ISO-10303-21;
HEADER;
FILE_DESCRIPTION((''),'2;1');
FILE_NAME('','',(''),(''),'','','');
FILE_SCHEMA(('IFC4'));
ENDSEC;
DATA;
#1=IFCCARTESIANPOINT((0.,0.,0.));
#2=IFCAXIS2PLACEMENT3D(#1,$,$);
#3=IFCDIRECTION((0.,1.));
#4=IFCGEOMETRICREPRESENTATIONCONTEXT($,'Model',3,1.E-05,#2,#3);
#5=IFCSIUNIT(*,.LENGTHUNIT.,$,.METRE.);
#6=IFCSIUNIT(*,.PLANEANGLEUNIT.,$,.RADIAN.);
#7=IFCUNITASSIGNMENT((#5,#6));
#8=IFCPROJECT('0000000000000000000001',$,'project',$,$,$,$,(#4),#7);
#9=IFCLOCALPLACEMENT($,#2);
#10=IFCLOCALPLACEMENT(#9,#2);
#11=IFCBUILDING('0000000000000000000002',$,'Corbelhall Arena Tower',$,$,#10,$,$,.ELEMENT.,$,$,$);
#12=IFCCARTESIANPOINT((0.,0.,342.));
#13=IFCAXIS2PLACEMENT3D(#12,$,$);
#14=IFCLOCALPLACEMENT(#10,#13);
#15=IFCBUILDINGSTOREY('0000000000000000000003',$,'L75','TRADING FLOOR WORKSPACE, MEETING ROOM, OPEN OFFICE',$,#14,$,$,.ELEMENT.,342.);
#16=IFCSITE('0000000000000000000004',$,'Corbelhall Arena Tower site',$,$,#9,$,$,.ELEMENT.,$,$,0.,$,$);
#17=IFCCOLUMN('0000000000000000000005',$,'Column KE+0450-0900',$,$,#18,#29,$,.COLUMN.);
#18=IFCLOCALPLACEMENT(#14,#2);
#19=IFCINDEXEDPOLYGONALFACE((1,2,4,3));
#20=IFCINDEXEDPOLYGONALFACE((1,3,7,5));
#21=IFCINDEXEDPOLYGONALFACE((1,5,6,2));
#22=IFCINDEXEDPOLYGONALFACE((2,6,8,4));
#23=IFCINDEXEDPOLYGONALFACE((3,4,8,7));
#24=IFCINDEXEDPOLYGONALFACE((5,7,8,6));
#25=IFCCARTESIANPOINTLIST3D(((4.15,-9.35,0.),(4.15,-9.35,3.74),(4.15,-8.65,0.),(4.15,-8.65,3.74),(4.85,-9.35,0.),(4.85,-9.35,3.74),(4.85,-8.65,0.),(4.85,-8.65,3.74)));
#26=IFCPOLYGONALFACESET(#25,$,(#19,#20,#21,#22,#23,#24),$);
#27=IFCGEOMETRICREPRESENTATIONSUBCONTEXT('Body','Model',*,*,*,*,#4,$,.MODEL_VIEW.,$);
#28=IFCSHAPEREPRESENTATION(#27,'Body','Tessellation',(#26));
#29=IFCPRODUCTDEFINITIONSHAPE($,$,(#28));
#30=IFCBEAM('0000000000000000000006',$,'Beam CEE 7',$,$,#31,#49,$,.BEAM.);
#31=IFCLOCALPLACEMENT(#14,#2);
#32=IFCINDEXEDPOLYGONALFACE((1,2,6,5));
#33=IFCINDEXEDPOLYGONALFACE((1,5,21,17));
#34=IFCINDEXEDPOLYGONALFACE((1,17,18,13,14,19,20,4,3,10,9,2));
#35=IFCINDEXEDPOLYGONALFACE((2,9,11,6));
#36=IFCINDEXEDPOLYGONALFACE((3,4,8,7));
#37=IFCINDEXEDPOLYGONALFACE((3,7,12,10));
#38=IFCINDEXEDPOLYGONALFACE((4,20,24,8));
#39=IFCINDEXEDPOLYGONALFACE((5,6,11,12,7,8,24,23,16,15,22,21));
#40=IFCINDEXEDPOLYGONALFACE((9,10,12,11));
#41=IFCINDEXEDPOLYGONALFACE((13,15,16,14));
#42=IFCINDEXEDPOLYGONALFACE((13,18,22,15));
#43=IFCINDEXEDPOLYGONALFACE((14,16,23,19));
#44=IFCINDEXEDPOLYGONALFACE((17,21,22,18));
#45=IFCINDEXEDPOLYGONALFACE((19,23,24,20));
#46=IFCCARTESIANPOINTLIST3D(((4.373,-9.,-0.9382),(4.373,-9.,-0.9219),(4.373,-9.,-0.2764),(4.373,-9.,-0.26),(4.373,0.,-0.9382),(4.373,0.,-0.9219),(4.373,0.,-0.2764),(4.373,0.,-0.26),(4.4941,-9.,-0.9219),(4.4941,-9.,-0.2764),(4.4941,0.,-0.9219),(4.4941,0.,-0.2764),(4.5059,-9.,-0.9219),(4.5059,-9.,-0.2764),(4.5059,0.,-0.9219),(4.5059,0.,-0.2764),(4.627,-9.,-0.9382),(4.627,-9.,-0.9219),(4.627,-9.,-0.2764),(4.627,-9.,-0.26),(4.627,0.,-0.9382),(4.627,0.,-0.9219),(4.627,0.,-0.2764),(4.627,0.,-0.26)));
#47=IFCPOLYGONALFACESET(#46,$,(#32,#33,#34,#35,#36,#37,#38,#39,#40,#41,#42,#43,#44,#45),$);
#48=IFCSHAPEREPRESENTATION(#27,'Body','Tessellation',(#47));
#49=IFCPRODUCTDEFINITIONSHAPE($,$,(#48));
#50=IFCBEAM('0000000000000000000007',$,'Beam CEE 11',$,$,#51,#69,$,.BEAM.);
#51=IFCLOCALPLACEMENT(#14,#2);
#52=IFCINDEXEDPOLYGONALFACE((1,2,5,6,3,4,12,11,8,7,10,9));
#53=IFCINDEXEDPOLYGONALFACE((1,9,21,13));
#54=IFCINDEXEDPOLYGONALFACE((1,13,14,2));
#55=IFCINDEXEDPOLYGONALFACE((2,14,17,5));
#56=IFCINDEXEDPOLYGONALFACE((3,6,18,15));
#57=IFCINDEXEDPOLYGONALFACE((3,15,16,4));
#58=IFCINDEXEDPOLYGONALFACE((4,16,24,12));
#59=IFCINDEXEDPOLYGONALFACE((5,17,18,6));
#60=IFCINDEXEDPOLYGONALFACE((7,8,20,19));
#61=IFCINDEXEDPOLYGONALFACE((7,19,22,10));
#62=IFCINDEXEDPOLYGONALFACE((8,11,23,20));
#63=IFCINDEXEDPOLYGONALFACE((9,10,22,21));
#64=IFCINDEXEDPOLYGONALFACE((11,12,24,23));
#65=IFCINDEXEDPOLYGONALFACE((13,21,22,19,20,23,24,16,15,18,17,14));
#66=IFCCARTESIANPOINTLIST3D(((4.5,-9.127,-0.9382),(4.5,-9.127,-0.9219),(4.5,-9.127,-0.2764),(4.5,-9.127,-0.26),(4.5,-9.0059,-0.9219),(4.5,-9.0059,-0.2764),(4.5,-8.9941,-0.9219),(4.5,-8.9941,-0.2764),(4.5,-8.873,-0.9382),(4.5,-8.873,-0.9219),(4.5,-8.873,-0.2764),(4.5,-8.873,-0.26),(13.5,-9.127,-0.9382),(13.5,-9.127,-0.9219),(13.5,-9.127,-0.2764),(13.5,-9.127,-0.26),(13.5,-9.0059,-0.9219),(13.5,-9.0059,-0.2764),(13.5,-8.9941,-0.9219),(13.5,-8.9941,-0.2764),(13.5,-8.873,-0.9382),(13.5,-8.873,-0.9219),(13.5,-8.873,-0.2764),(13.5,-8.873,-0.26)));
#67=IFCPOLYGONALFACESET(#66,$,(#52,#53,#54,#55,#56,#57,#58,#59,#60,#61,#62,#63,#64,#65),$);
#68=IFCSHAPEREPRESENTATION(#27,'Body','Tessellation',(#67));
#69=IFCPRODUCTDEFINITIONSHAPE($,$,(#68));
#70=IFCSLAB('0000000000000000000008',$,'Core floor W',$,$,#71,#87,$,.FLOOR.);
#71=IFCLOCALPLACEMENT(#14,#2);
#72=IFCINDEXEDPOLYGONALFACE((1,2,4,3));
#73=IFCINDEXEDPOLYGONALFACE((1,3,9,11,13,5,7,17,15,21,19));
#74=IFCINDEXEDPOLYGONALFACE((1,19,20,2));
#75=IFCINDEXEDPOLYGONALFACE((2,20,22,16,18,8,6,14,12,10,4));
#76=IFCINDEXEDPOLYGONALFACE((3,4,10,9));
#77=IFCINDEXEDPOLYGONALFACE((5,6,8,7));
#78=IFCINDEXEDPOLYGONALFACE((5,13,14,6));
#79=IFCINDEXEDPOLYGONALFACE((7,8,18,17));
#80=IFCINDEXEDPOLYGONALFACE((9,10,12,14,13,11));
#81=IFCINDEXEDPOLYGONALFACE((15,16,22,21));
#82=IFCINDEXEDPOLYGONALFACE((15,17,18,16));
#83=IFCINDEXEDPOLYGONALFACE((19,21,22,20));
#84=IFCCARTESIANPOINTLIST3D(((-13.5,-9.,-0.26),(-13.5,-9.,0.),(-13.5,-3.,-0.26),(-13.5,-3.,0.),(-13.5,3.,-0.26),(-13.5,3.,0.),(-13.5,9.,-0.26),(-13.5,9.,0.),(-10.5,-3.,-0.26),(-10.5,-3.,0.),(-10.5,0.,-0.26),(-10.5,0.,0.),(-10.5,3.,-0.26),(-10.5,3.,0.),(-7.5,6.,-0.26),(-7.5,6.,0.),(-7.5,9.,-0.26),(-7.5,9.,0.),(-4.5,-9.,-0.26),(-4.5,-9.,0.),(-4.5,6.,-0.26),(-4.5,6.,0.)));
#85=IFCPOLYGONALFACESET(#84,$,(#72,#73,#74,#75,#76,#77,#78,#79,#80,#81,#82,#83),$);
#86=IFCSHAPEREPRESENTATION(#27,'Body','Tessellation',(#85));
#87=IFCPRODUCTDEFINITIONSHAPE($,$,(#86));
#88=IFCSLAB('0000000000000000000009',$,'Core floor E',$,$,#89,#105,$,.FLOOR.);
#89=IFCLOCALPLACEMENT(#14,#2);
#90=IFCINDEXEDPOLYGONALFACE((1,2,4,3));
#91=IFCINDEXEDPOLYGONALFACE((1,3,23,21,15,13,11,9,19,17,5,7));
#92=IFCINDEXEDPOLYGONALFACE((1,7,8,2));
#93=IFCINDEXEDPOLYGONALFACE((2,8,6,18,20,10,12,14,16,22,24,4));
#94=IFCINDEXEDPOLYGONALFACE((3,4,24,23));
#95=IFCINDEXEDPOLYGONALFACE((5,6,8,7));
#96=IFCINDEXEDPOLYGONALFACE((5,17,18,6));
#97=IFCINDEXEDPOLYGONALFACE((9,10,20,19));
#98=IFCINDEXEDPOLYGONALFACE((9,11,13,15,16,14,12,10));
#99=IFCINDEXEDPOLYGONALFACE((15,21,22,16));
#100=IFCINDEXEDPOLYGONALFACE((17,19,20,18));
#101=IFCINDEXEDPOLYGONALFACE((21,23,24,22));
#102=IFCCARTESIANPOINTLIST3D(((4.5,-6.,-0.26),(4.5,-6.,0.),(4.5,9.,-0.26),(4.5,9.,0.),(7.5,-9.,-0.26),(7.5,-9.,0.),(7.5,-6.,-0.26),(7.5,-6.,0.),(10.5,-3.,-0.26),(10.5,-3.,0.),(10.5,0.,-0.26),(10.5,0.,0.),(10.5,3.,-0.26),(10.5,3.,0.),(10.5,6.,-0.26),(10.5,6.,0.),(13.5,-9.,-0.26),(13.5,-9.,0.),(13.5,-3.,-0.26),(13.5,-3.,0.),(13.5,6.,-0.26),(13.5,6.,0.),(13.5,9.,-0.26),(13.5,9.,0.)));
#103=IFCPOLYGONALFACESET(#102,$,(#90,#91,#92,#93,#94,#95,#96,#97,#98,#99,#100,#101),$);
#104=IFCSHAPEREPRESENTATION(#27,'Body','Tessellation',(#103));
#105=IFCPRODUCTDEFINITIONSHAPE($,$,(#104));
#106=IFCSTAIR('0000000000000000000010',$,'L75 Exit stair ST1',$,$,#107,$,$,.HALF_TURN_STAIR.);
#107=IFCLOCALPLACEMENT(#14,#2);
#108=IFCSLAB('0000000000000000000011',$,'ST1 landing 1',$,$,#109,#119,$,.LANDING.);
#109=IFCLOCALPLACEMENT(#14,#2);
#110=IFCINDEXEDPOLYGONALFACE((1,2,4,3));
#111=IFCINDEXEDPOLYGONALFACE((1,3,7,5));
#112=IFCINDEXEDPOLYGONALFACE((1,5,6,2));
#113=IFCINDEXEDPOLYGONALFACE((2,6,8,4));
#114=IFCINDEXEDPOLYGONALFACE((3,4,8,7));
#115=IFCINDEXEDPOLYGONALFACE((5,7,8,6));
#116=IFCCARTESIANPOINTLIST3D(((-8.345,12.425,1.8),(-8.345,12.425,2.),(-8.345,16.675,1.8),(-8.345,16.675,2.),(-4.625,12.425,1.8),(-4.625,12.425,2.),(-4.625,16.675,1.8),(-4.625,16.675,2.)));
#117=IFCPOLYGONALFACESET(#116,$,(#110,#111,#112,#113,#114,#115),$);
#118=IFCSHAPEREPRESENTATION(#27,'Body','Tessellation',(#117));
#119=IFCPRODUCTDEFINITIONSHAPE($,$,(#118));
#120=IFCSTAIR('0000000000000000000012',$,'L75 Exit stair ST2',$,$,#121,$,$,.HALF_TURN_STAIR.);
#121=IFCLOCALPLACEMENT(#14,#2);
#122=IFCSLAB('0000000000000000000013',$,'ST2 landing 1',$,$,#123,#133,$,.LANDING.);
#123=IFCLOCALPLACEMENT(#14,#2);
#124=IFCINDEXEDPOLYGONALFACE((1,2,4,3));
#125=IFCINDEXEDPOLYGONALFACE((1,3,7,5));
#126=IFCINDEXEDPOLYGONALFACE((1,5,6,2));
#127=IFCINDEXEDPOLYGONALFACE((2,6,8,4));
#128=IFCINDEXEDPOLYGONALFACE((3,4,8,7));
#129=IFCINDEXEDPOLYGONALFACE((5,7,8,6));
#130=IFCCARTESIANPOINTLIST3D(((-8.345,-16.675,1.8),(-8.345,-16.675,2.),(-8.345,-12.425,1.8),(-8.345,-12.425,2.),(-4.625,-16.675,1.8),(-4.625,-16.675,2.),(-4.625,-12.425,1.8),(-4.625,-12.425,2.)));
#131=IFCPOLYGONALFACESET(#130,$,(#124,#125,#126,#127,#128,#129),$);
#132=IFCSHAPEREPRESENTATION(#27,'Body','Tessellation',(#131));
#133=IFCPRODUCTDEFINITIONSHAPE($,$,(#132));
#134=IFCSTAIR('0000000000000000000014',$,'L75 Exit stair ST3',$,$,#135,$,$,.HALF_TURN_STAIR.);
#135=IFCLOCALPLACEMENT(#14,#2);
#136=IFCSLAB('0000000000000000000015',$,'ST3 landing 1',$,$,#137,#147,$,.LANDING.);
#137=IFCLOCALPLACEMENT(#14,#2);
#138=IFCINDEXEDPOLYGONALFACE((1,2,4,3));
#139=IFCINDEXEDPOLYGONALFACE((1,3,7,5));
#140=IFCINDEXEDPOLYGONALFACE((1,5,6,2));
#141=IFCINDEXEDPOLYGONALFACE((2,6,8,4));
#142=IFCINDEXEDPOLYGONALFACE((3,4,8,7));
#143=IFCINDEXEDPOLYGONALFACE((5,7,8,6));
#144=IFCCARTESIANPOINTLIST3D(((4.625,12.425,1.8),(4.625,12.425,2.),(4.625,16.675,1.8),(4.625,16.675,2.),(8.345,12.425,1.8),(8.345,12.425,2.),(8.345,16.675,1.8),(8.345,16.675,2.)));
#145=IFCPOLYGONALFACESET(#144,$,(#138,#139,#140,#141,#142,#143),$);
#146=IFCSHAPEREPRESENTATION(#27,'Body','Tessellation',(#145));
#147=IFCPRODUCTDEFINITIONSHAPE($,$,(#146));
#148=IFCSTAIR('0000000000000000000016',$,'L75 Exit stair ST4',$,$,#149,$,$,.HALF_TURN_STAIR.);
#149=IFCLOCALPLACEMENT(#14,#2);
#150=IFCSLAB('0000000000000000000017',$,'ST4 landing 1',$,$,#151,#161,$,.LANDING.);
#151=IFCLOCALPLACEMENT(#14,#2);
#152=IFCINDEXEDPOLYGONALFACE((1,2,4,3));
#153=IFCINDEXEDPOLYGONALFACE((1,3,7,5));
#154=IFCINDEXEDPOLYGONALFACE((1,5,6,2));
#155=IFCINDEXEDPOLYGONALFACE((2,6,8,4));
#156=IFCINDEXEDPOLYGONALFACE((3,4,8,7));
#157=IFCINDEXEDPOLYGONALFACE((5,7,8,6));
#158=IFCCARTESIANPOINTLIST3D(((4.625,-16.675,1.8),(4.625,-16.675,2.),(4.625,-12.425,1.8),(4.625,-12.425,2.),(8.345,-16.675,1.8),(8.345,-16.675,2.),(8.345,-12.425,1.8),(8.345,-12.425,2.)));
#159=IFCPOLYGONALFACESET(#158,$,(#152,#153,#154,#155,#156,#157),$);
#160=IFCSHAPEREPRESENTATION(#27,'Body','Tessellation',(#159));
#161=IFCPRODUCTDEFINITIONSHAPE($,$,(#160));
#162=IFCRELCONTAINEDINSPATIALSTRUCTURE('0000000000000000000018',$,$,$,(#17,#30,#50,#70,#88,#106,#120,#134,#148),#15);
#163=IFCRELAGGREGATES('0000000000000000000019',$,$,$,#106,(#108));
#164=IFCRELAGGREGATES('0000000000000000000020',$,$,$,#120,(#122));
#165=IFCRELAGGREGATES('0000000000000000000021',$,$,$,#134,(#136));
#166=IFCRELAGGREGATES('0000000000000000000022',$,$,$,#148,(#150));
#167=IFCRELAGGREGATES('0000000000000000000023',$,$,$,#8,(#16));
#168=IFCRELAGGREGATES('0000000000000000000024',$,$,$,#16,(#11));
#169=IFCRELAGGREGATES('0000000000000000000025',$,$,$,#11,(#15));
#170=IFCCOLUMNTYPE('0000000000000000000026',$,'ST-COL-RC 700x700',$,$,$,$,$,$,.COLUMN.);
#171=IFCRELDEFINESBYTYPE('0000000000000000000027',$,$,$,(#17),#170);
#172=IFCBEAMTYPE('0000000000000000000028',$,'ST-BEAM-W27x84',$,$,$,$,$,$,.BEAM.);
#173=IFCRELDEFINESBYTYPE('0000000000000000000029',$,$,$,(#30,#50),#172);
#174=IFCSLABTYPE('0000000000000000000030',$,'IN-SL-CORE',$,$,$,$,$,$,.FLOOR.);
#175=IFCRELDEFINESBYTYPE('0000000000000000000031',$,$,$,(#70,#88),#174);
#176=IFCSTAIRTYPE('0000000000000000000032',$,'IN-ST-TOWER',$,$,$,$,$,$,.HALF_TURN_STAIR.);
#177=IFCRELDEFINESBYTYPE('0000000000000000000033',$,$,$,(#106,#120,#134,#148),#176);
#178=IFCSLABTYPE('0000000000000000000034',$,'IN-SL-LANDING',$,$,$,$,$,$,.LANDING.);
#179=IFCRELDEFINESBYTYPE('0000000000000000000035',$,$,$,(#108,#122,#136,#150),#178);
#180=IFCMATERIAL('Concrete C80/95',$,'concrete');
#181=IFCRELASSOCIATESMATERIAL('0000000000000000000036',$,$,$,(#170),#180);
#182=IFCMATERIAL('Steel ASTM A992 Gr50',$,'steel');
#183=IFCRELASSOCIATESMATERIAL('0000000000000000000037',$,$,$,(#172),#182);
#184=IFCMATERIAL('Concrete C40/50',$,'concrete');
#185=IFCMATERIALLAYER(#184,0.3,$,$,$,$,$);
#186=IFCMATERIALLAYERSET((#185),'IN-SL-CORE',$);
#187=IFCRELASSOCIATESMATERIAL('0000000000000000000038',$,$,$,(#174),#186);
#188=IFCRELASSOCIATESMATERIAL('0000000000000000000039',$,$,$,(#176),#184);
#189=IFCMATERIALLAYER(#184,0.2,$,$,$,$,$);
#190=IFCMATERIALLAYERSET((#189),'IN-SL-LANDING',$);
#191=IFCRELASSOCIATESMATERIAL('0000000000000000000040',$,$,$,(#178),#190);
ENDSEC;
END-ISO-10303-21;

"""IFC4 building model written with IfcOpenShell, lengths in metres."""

from ifc_helpers import new_model, si_unit, direction, frame, origin, origin_2d, place, context, subcontext, project, spatial, polyline, rectangle, i_section, outline, extrude, material, layer, layer_set, material_profile, profile_set, type_object, element, aggregate, save


model = new_model("IFC4")

# Units and contexts
model_context = context("Model", 3, precision=1e-05, world=origin(), true_north=direction((0.0, 1.0)))
body_context = subcontext(model_context, "Body", "Model", "MODEL_VIEW")
ifc_project = project(units=[si_unit("LENGTHUNIT", "METRE"), si_unit("PLANEANGLEUNIT", "RADIAN")], contexts=[model_context])

# Site, building, storey
site_placement = place(None, origin())
site = spatial("IfcSite", under=ifc_project, at=site_placement, Name="Corbelhall Arena Tower site", CompositionType="ELEMENT", RefElevation=0.0)
building_placement = place(site_placement, origin())
building = spatial("IfcBuilding", under=site, at=building_placement, Name="Corbelhall Arena Tower", CompositionType="ELEMENT")
storey_placement = place(building_placement, frame((0.0, 0.0, 342.0)))
storey = spatial("IfcBuildingStorey", under=building, at=storey_placement, Name="L75", Description="TRADING FLOOR WORKSPACE, MEETING ROOM, OPEN OFFICE", CompositionType="ELEMENT", Elevation=342.0)

# Column
ifc_material_1 = material(Name="Concrete C80/95", Category="concrete")
ifc_material_profile_1 = material_profile(ifc_material_1, rectangle(XDim=0.7, YDim=0.7, at=origin_2d()))
ifc_profile_set_1 = profile_set([ifc_material_profile_1], Name="Concrete C80/95")
column_type = type_object("IfcColumnType", Name="ST-COL-RC 700x700", PredefinedType="COLUMN", material=ifc_profile_set_1)
column_placement = place(storey_placement, frame((4.5, -9.0, 0.0), z_axis=(0.0, 0.0, 1.0), x_axis=(1.0, 0.0, 0.0)))
element("IfcColumn", 1, at=column_placement, inside=storey, type_object=column_type, Name="Column KE+0450-0900", PredefinedType="COLUMN", context=body_context, shape_type="SweptSolid", body=[
    extrude(rectangle(XDim=0.7, YDim=0.7, at=origin_2d()), origin(), (0.0, 0.0, 1.0), 3.74),
])

# Beams
ifc_material_2 = material(Name="Steel ASTM A992 Gr50", Category="steel")
ifc_material_profile_2 = material_profile(ifc_material_2, i_section(OverallWidth=0.2539, OverallDepth=0.6782, WebThickness=0.0117, FlangeThickness=0.0164, at=origin_2d()))
ifc_profile_set_2 = profile_set([ifc_material_profile_2], Name="Steel ASTM A992 Gr50")
beam_type = type_object("IfcBeamType", Name="ST-BEAM-W27x84", PredefinedType="BEAM", material=ifc_profile_set_2)
for number, where, z_axis, x_axis, name in (
    (2, (4.5, -9.0, -0.5991), (0.0, 1.0, 0.0), (-1.0, 0.0, 0.0), "Beam CEE 7"),
    (3, (4.5, -9.0, -0.5991), (1.0, 0.0, 0.0), (0.0, 1.0, 0.0), "Beam CEE 11"),
):
    element("IfcBeam", number, at=place(storey_placement, frame(where, z_axis=z_axis, x_axis=x_axis)), inside=storey, type_object=beam_type, Name=name, PredefinedType="BEAM", context=body_context, shape_type="SweptSolid", body=[
        extrude(i_section(OverallWidth=0.2539, OverallDepth=0.6782, WebThickness=0.0117, FlangeThickness=0.0164, at=origin_2d()), origin(), (0.0, 0.0, 1.0), 9.0),
    ])

# Slabs
ifc_material_3 = material(Name="Concrete C40/50", Category="concrete")
ifc_layer_1 = layer(ifc_material_3, 0.3)
ifc_layer_set_1 = layer_set([ifc_layer_1], Name="IN-SL-CORE")
slab_type_1 = type_object("IfcSlabType", Name="IN-SL-CORE", PredefinedType="FLOOR", material=ifc_layer_set_1)
slab_1_placement = place(storey_placement, frame((0.0, 0.0, -0.26)))
element("IfcSlab", 4, at=slab_1_placement, inside=storey, type_object=slab_type_1, Name="Core floor W", PredefinedType="FLOOR", context=body_context, shape_type="SweptSolid", body=[
    extrude(outline(polyline([(-13.5, -3.0), (-13.5, -9.0), (-4.5, -9.0), (-4.5, 6.0), (-7.5, 6.0), (-7.5, 9.0), (-13.5, 9.0), (-13.5, 3.0), (-10.5, 3.0), (-10.5, 0.0), (-10.5, -3.0), (-13.5, -3.0)])), origin(), (0.0, 0.0, 1.0), 0.26),
])
slab_2_placement = place(storey_placement, frame((0.0, 0.0, -0.26)))
element("IfcSlab", 5, at=slab_2_placement, inside=storey, type_object=slab_type_1, Name="Core floor E", PredefinedType="FLOOR", context=body_context, shape_type="SweptSolid", body=[
    extrude(outline(polyline([(10.5, 0.0), (10.5, 3.0), (10.5, 6.0), (13.5, 6.0), (13.5, 9.0), (4.5, 9.0), (4.5, -6.0), (7.5, -6.0), (7.5, -9.0), (13.5, -9.0), (13.5, -3.0), (10.5, -3.0), (10.5, 0.0)])), origin(), (0.0, 0.0, 1.0), 0.26),
])

# Stairs, slabs
stair_type = type_object("IfcStairType", Name="IN-ST-TOWER", PredefinedType="HALF_TURN_STAIR", material=ifc_material_3)
stair_1_placement = place(storey_placement, origin())
stair_1 = element("IfcStair", 6, at=stair_1_placement, inside=storey, type_object=stair_type, Name="L75 Exit stair ST1", PredefinedType="HALF_TURN_STAIR")
ifc_layer_2 = layer(ifc_material_3, 0.2)
ifc_layer_set_2 = layer_set([ifc_layer_2], Name="IN-SL-LANDING")
slab_type_2 = type_object("IfcSlabType", Name="IN-SL-LANDING", PredefinedType="LANDING", material=ifc_layer_set_2)
slab_3_placement = place(storey_placement, frame((0.0, 0.0, 1.8)))
slab_3 = element("IfcSlab", 7, at=slab_3_placement, type_object=slab_type_2, Name="ST1 landing 1", PredefinedType="LANDING", context=body_context, shape_type="SweptSolid", body=[
    extrude(outline(polyline([(-8.345, 12.425), (-4.625, 12.425), (-4.625, 16.675), (-8.345, 16.675), (-8.345, 12.425)])), origin(), (0.0, 0.0, 1.0), 0.2),
])
aggregate(stair_1, [slab_3])
stair_2_placement = place(storey_placement, origin())
stair_2 = element("IfcStair", 8, at=stair_2_placement, inside=storey, type_object=stair_type, Name="L75 Exit stair ST2", PredefinedType="HALF_TURN_STAIR")
slab_4_placement = place(storey_placement, frame((0.0, 0.0, 1.8)))
slab_4 = element("IfcSlab", 9, at=slab_4_placement, type_object=slab_type_2, Name="ST2 landing 1", PredefinedType="LANDING", context=body_context, shape_type="SweptSolid", body=[
    extrude(outline(polyline([(-8.345, -16.675), (-4.625, -16.675), (-4.625, -12.425), (-8.345, -12.425), (-8.345, -16.675)])), origin(), (0.0, 0.0, 1.0), 0.2),
])
aggregate(stair_2, [slab_4])
stair_3_placement = place(storey_placement, origin())
stair_3 = element("IfcStair", 10, at=stair_3_placement, inside=storey, type_object=stair_type, Name="L75 Exit stair ST3", PredefinedType="HALF_TURN_STAIR")
slab_5_placement = place(storey_placement, frame((0.0, 0.0, 1.8)))
slab_5 = element("IfcSlab", 11, at=slab_5_placement, type_object=slab_type_2, Name="ST3 landing 1", PredefinedType="LANDING", context=body_context, shape_type="SweptSolid", body=[
    extrude(outline(polyline([(8.345, 16.675), (4.625, 16.675), (4.625, 12.425), (8.345, 12.425), (8.345, 16.675)])), origin(), (0.0, 0.0, 1.0), 0.2),
])
aggregate(stair_3, [slab_5])
stair_4_placement = place(storey_placement, origin())
stair_4 = element("IfcStair", 12, at=stair_4_placement, inside=storey, type_object=stair_type, Name="L75 Exit stair ST4", PredefinedType="HALF_TURN_STAIR")
slab_6_placement = place(storey_placement, frame((0.0, 0.0, 1.8)))
slab_6 = element("IfcSlab", 13, at=slab_6_placement, type_object=slab_type_2, Name="ST4 landing 1", PredefinedType="LANDING", context=body_context, shape_type="SweptSolid", body=[
    extrude(outline(polyline([(8.345, -12.425), (4.625, -12.425), (4.625, -16.675), (8.345, -16.675), (8.345, -12.425)])), origin(), (0.0, 0.0, 1.0), 0.2),
])
aggregate(stair_4, [slab_6])

save(model, "model.ifc")
